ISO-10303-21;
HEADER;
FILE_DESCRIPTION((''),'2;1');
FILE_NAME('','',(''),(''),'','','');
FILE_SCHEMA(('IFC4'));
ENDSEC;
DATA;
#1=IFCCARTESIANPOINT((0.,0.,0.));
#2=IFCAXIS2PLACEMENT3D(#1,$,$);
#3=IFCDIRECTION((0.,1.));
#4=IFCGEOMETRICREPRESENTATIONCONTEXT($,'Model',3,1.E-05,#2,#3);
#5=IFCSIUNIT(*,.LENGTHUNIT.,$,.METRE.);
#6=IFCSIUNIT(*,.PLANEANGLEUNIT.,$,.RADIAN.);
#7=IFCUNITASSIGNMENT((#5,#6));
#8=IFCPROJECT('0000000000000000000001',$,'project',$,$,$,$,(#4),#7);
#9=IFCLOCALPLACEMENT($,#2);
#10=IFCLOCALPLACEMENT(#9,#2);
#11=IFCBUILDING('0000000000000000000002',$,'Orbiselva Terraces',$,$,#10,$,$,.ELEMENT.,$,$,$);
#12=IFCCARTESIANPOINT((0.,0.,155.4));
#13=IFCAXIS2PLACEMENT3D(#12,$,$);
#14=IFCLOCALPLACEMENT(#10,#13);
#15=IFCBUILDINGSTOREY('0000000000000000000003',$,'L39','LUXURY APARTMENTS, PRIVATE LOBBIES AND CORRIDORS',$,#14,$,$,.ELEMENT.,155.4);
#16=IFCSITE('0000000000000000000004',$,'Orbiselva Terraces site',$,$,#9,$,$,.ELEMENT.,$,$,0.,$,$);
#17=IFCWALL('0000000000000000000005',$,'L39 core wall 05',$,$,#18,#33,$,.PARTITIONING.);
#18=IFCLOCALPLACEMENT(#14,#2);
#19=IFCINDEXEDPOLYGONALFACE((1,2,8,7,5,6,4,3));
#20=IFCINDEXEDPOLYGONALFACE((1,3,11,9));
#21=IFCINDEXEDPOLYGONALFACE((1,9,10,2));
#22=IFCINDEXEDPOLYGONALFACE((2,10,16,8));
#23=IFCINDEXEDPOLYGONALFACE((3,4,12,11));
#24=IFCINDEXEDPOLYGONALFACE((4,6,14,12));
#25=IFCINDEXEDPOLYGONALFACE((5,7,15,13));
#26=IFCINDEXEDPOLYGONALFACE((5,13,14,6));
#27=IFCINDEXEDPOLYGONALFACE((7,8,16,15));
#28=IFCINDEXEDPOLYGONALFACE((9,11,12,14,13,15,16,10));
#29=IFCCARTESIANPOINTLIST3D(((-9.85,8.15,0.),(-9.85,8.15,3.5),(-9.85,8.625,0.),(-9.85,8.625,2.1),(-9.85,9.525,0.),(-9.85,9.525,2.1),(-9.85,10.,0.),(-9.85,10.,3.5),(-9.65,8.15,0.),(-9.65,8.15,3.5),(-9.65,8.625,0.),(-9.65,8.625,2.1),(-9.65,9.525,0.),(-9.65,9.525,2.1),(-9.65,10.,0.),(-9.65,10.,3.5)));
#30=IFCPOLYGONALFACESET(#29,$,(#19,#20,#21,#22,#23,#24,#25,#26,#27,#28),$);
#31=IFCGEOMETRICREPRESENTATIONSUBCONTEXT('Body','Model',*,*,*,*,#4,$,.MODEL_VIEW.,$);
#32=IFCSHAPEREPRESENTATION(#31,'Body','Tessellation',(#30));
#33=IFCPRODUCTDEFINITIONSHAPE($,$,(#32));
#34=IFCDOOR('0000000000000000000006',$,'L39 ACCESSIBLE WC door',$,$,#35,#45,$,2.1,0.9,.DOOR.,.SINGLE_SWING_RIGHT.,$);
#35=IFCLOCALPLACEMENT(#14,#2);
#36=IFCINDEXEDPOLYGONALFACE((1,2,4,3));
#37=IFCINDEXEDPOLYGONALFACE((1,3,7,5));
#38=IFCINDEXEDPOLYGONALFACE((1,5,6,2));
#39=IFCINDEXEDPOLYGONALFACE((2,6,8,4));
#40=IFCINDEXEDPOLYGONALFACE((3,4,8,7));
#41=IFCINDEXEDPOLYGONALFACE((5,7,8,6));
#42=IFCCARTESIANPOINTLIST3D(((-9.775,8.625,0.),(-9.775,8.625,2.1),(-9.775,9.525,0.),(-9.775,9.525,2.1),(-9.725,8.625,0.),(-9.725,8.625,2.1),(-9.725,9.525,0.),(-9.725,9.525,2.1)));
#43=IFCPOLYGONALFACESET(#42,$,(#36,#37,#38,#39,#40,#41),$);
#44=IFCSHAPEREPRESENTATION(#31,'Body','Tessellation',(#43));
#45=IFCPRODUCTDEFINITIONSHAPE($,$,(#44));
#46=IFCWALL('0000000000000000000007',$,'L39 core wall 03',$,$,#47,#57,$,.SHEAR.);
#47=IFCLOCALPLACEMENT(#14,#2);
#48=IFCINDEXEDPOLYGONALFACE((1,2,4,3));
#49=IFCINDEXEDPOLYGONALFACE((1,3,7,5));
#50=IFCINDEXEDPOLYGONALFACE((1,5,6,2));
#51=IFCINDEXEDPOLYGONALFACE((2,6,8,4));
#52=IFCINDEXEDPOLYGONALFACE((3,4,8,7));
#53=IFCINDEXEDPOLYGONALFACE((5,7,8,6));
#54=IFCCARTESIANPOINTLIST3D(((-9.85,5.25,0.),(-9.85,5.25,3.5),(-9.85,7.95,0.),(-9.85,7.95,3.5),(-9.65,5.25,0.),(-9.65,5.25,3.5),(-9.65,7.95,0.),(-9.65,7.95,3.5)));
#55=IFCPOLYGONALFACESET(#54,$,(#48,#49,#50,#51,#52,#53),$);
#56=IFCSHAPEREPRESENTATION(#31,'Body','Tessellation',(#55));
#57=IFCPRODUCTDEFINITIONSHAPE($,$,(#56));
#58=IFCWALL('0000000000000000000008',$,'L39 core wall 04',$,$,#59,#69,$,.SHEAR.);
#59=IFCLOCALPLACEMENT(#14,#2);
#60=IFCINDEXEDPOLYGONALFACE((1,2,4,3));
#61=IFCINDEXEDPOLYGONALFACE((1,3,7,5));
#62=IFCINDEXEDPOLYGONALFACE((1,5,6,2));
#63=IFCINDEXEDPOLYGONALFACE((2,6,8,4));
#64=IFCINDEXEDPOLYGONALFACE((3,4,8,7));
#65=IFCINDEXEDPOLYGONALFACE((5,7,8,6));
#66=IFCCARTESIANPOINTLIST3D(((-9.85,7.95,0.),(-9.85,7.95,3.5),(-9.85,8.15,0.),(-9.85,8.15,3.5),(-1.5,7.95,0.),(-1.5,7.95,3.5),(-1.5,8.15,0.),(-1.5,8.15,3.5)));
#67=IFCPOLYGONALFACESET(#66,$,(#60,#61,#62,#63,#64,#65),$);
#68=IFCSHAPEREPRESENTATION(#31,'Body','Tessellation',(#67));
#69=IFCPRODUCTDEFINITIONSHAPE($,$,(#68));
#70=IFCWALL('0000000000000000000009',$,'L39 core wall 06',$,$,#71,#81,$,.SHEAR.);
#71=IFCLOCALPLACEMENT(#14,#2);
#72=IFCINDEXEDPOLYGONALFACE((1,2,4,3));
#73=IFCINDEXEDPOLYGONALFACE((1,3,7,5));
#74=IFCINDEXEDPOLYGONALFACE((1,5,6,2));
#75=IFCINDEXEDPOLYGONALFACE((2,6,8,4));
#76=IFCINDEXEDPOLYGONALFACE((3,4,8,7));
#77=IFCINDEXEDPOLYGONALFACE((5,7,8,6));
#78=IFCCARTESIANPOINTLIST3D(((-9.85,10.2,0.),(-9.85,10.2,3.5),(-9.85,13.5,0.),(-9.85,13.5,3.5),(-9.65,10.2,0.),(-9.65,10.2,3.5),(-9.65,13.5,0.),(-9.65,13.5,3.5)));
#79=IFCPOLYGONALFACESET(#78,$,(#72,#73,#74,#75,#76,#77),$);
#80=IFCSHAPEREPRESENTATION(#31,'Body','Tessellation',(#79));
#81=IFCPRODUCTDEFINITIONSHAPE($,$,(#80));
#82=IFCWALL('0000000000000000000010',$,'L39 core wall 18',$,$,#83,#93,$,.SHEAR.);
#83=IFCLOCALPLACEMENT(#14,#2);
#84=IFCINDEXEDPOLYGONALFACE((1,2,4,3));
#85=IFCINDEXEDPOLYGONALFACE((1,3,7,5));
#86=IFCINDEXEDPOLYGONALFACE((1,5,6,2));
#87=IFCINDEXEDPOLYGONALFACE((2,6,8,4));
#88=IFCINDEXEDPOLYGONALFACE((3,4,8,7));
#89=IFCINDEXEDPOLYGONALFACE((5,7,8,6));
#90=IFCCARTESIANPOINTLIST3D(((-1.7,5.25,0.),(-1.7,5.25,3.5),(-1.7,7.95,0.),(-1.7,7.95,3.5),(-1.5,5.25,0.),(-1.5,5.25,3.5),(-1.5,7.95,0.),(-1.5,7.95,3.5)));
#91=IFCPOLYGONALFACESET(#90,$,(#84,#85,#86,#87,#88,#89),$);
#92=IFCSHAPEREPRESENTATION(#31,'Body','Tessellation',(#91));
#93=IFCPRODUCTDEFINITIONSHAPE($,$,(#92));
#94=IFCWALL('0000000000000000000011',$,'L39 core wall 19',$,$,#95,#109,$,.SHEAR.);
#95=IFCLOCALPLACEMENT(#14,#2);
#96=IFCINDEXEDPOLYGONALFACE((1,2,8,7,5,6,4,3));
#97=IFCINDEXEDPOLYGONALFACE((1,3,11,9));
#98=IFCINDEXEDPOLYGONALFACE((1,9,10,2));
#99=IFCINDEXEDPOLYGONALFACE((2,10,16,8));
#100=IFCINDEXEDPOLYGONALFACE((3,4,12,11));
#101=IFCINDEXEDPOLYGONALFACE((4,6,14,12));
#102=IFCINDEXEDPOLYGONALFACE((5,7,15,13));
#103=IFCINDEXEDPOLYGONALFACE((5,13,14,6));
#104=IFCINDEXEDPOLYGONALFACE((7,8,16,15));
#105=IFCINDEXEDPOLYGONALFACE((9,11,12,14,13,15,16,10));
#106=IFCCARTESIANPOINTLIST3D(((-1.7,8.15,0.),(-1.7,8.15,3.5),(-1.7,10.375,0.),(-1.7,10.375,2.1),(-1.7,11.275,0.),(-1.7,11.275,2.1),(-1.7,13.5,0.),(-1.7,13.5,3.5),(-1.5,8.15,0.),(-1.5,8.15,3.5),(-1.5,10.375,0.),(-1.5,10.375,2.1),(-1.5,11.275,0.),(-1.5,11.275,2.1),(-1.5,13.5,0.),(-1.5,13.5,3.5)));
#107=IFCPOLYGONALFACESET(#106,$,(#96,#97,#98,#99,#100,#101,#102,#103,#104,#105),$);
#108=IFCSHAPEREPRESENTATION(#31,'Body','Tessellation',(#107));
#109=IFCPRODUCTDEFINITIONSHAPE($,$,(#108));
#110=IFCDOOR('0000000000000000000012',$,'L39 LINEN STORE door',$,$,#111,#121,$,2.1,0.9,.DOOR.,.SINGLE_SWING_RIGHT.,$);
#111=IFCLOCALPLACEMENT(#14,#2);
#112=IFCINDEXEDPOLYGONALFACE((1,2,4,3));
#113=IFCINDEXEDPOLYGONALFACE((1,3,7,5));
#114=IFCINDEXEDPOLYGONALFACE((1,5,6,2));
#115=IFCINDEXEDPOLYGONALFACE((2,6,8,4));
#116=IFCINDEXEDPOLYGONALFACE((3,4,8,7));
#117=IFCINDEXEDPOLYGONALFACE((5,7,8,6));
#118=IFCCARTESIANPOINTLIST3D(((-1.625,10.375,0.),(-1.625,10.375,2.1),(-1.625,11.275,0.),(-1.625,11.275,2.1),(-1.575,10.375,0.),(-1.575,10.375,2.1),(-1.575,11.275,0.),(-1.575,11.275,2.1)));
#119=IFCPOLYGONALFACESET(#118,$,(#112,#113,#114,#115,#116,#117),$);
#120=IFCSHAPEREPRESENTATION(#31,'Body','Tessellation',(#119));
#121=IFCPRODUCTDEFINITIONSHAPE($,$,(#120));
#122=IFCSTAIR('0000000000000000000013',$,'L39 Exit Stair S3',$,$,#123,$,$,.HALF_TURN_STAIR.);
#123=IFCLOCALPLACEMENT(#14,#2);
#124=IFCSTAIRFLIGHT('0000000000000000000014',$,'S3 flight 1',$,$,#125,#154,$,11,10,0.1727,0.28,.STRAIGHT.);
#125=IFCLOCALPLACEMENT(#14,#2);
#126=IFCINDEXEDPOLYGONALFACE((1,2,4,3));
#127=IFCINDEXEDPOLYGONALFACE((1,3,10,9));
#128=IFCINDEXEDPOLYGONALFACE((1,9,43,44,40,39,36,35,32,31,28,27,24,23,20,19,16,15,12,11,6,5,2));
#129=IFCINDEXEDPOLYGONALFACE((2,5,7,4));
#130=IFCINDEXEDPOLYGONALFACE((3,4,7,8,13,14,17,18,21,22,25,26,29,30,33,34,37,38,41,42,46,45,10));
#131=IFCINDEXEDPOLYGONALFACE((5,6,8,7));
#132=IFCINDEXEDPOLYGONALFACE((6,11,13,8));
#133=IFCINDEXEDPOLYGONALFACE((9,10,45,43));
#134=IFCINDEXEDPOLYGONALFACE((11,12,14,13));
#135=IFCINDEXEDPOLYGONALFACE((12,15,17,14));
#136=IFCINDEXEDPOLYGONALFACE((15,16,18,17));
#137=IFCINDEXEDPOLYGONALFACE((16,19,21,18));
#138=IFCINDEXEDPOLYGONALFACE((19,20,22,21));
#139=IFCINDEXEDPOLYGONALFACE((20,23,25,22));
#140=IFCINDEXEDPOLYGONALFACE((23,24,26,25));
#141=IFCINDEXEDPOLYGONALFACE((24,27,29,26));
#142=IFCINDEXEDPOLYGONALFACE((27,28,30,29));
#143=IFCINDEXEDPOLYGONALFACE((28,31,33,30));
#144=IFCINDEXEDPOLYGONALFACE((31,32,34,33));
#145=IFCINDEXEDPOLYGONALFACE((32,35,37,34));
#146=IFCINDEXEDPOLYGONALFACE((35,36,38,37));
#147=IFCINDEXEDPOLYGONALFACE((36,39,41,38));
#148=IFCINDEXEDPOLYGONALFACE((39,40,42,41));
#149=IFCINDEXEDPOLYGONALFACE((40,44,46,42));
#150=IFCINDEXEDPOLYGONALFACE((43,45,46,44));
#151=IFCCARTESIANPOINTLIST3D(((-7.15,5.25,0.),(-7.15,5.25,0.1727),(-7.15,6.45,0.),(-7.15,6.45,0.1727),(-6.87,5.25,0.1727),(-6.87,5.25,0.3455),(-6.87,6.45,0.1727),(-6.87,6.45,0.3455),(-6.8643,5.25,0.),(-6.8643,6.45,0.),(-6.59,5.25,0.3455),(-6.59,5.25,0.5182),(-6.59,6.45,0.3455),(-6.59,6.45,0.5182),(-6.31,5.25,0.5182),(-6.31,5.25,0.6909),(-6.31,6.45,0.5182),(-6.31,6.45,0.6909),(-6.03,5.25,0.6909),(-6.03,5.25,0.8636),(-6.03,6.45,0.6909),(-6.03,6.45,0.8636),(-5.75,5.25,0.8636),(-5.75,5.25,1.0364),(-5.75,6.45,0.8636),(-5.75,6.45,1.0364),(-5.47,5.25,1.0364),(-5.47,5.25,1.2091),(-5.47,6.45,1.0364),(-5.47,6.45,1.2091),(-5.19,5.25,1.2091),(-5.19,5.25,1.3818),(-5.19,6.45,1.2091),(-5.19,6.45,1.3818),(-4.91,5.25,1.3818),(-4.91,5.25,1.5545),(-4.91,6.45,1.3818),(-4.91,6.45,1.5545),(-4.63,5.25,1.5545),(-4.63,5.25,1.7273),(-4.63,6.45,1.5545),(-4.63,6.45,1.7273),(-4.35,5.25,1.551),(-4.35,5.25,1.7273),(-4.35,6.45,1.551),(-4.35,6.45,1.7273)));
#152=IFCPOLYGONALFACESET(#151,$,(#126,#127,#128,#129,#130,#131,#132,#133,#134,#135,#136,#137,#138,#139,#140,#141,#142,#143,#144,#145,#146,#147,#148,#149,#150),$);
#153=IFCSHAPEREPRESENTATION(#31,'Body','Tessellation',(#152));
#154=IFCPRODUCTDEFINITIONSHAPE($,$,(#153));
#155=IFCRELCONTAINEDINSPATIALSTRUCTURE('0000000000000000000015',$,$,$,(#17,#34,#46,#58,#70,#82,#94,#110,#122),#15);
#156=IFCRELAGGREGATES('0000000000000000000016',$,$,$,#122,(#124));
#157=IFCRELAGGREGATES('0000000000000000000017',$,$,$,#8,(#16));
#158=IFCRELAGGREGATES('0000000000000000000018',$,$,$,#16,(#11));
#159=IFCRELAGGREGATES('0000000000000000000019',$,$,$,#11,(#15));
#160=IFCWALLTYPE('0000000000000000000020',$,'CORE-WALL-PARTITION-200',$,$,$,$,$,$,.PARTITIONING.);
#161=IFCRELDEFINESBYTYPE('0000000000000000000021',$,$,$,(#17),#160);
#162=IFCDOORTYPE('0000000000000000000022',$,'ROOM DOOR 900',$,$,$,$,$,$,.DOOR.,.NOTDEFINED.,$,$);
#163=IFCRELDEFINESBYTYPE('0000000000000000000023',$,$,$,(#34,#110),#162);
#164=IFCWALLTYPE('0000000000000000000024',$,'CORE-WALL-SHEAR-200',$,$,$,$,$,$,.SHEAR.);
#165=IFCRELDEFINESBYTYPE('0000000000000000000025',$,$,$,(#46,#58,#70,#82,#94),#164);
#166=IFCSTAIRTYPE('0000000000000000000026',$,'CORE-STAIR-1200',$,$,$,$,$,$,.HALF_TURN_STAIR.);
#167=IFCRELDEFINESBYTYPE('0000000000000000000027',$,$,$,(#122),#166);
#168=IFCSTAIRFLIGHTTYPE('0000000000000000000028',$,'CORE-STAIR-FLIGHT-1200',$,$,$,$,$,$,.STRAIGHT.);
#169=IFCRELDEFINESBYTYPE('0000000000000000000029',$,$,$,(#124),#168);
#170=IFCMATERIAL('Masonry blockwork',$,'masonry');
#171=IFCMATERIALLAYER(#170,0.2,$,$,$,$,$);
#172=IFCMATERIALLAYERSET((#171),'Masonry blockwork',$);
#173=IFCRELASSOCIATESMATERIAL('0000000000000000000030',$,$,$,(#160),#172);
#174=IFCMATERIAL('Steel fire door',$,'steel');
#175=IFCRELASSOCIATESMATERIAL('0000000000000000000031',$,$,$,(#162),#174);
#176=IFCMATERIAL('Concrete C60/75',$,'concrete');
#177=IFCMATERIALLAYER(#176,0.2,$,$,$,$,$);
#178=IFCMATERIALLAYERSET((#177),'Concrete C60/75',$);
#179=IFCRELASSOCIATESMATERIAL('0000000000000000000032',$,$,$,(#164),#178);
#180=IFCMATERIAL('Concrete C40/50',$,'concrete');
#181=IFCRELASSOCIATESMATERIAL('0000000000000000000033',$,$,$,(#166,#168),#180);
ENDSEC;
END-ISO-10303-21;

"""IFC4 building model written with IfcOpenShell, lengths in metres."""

from ifc_helpers import new_model, si_unit, direction, frame, frame_2d, origin, place, context, subcontext, project, spatial, polyline, rectangle, outline, extrude, material, layer, layer_set, type_object, element, fill, aggregate, save


model = new_model("IFC4")

# Units and contexts
model_context = context("Model", 3, precision=1e-05, world=origin(), true_north=direction((0.0, 1.0)))
body_context = subcontext(model_context, "Body", "Model", "MODEL_VIEW")
ifc_project = project(units=[si_unit("LENGTHUNIT", "METRE"), si_unit("PLANEANGLEUNIT", "RADIAN")], contexts=[model_context])

# Site, building, storey
site_placement = place(None, origin())
site = spatial("IfcSite", under=ifc_project, at=site_placement, Name="Orbiselva Terraces site", CompositionType="ELEMENT", RefElevation=0.0)
building_placement = place(site_placement, origin())
building = spatial("IfcBuilding", under=site, at=building_placement, Name="Orbiselva Terraces", CompositionType="ELEMENT")
storey_placement = place(building_placement, frame((0.0, 0.0, 155.4)))
storey = spatial("IfcBuildingStorey", under=building, at=storey_placement, Name="L39", Description="LUXURY APARTMENTS, PRIVATE LOBBIES AND CORRIDORS", CompositionType="ELEMENT", Elevation=155.4)

# Wall, opening, door
ifc_material_1 = material(Name="Masonry blockwork", Category="masonry")
ifc_layer_1 = layer(ifc_material_1, 0.2)
ifc_layer_set_1 = layer_set([ifc_layer_1], Name="Masonry blockwork")
wall_type_1 = type_object("IfcWallType", Name="CORE-WALL-PARTITION-200", PredefinedType="PARTITIONING", material=ifc_layer_set_1)
wall_1_placement = place(storey_placement, frame((-9.75, 8.15, 0.0), z_axis=(0.0, 0.0, 1.0), x_axis=(0.0, 1.0, 0.0)))
wall_1 = element("IfcWall", 1, at=wall_1_placement, inside=storey, type_object=wall_type_1, Name="L39 core wall 05", PredefinedType="PARTITIONING", context=body_context, shape_type="SweptSolid", body=[
    extrude(rectangle(XDim=1.85, YDim=0.2, at=frame_2d((0.925, 0.0))), origin(), (0.0, 0.0, 1.0), 3.5),
])
opening_1_placement = place(wall_1_placement, frame((0.475, 0.0, 0.0)))
opening_1 = element("IfcOpeningElement", 2, at=opening_1_placement, cuts=wall_1, PredefinedType="OPENING", context=body_context, shape_type="SweptSolid", body=[
    extrude(rectangle(XDim=0.9, YDim=2.1, at=frame_2d((0.45, 1.05))), frame((0.0, 0.11, 0.0), z_axis=(0.0, -1.0, 0.0), x_axis=(1.0, 0.0, 0.0)), (0.0, 0.0, 1.0), 0.22),
])
ifc_material_2 = material(Name="Steel fire door", Category="steel")
door_type = type_object("IfcDoorType", Name="ROOM DOOR 900", OperationType="NOTDEFINED", PredefinedType="DOOR", material=ifc_material_2)
door_1_placement = place(opening_1_placement, origin())
door_1 = element("IfcDoor", 3, at=door_1_placement, inside=storey, type_object=door_type, Name="L39 ACCESSIBLE WC door", OperationType="SINGLE_SWING_RIGHT", OverallHeight=2.1, OverallWidth=0.9, PredefinedType="DOOR", context=body_context, shape_type="SweptSolid", body=[
    extrude(rectangle(XDim=0.9, YDim=2.1, at=frame_2d((0.45, 1.05))), frame((0.0, 0.025, 0.0), z_axis=(0.0, -1.0, 0.0), x_axis=(1.0, 0.0, 0.0)), (0.0, 0.0, 1.0), 0.05),
])
fill(opening_1, door_1)

# Walls
ifc_material_3 = material(Name="Concrete C60/75", Category="concrete")
ifc_layer_2 = layer(ifc_material_3, 0.2)
ifc_layer_set_2 = layer_set([ifc_layer_2], Name="Concrete C60/75")
wall_type_2 = type_object("IfcWallType", Name="CORE-WALL-SHEAR-200", PredefinedType="SHEAR", material=ifc_layer_set_2)
wall_2_placement = place(storey_placement, frame((-9.75, 5.25, 0.0), z_axis=(0.0, 0.0, 1.0), x_axis=(0.0, 1.0, 0.0)))
element("IfcWall", 4, at=wall_2_placement, inside=storey, type_object=wall_type_2, Name="L39 core wall 03", PredefinedType="SHEAR", context=body_context, shape_type="SweptSolid", body=[
    extrude(rectangle(XDim=2.7, YDim=0.2, at=frame_2d((1.35, 0.0))), origin(), (0.0, 0.0, 1.0), 3.5),
])
wall_3_placement = place(storey_placement, frame((-9.85, 8.05, 0.0), z_axis=(0.0, 0.0, 1.0), x_axis=(1.0, 0.0, 0.0)))
element("IfcWall", 5, at=wall_3_placement, inside=storey, type_object=wall_type_2, Name="L39 core wall 04", PredefinedType="SHEAR", context=body_context, shape_type="SweptSolid", body=[
    extrude(rectangle(XDim=8.35, YDim=0.2, at=frame_2d((4.175, 0.0))), origin(), (0.0, 0.0, 1.0), 3.5),
])
wall_4_placement = place(storey_placement, frame((-9.75, 10.2, 0.0), z_axis=(0.0, 0.0, 1.0), x_axis=(0.0, 1.0, 0.0)))
element("IfcWall", 6, at=wall_4_placement, inside=storey, type_object=wall_type_2, Name="L39 core wall 06", PredefinedType="SHEAR", context=body_context, shape_type="SweptSolid", body=[
    extrude(rectangle(XDim=3.3, YDim=0.2, at=frame_2d((1.65, 0.0))), origin(), (0.0, 0.0, 1.0), 3.5),
])
wall_5_placement = place(storey_placement, frame((-1.6, 5.25, 0.0), z_axis=(0.0, 0.0, 1.0), x_axis=(0.0, 1.0, 0.0)))
element("IfcWall", 7, at=wall_5_placement, inside=storey, type_object=wall_type_2, Name="L39 core wall 18", PredefinedType="SHEAR", context=body_context, shape_type="SweptSolid", body=[
    extrude(rectangle(XDim=2.7, YDim=0.2, at=frame_2d((1.35, 0.0))), origin(), (0.0, 0.0, 1.0), 3.5),
])

# Wall, opening, door
wall_6_placement = place(storey_placement, frame((-1.6, 8.15, 0.0), z_axis=(0.0, 0.0, 1.0), x_axis=(0.0, 1.0, 0.0)))
wall_6 = element("IfcWall", 8, at=wall_6_placement, inside=storey, type_object=wall_type_2, Name="L39 core wall 19", PredefinedType="SHEAR", context=body_context, shape_type="SweptSolid", body=[
    extrude(rectangle(XDim=5.35, YDim=0.2, at=frame_2d((2.675, 0.0))), origin(), (0.0, 0.0, 1.0), 3.5),
])
opening_2_placement = place(wall_6_placement, frame((2.225, 0.0, 0.0)))
opening_2 = element("IfcOpeningElement", 9, at=opening_2_placement, cuts=wall_6, PredefinedType="OPENING", context=body_context, shape_type="SweptSolid", body=[
    extrude(rectangle(XDim=0.9, YDim=2.1, at=frame_2d((0.45, 1.05))), frame((0.0, 0.11, 0.0), z_axis=(0.0, -1.0, 0.0), x_axis=(1.0, 0.0, 0.0)), (0.0, 0.0, 1.0), 0.22),
])
door_2_placement = place(opening_2_placement, origin())
door_2 = element("IfcDoor", 10, at=door_2_placement, inside=storey, type_object=door_type, Name="L39 LINEN STORE door", OperationType="SINGLE_SWING_RIGHT", OverallHeight=2.1, OverallWidth=0.9, PredefinedType="DOOR", context=body_context, shape_type="SweptSolid", body=[
    extrude(rectangle(XDim=0.9, YDim=2.1, at=frame_2d((0.45, 1.05))), frame((0.0, 0.025, 0.0), z_axis=(0.0, -1.0, 0.0), x_axis=(1.0, 0.0, 0.0)), (0.0, 0.0, 1.0), 0.05),
])
fill(opening_2, door_2)

# Stair, stair flight
ifc_material_4 = material(Name="Concrete C40/50", Category="concrete")
stair_type_1 = type_object("IfcStairType", Name="CORE-STAIR-1200", PredefinedType="HALF_TURN_STAIR", material=ifc_material_4)
stair_1_placement = place(storey_placement, origin())
stair_1 = element("IfcStair", 11, at=stair_1_placement, inside=storey, type_object=stair_type_1, Name="L39 Exit Stair S3", PredefinedType="HALF_TURN_STAIR")
stair_flight_type_1 = type_object("IfcStairFlightType", Name="CORE-STAIR-FLIGHT-1200", PredefinedType="STRAIGHT", material=ifc_material_4)
stair_flight_1_placement = place(storey_placement, frame((-7.15, 5.85, 0.0), z_axis=(0.0, 0.0, 1.0), x_axis=(1.0, 0.0, 0.0)))
stair_flight_1 = element("IfcStairFlight", 12, at=stair_flight_1_placement, type_object=stair_flight_type_1, Name="S3 flight 1", NumberOfRisers=11, NumberOfTreads=10, PredefinedType="STRAIGHT", RiserHeight=0.1727, TreadLength=0.28, context=body_context, shape_type="SweptSolid", body=[
    extrude(outline(polyline([(0.0, 0.0), (0.0, 0.1727), (0.28, 0.1727), (0.28, 0.3455), (0.56, 0.3455), (0.56, 0.5182), (0.84, 0.5182), (0.84, 0.6909), (1.12, 0.6909), (1.12, 0.8636), (1.4, 0.8636), (1.4, 1.0364), (1.68, 1.0364), (1.68, 1.2091), (1.96, 1.2091), (1.96, 1.3818), (2.24, 1.3818), (2.24, 1.5545), (2.52, 1.5545), (2.52, 1.7273), (2.8, 1.7273), (2.8, 1.9), (2.8, 1.551), (0.2857, 0.0), (0.0, 0.0)])), frame((0.0, 0.6, 0.0), z_axis=(0.0, -1.0, 0.0), x_axis=(1.0, 0.0, 0.0)), (0.0, 0.0, 1.0), 1.2),
])
aggregate(stair_1, [stair_flight_1])

save(model, "model.ifc")
